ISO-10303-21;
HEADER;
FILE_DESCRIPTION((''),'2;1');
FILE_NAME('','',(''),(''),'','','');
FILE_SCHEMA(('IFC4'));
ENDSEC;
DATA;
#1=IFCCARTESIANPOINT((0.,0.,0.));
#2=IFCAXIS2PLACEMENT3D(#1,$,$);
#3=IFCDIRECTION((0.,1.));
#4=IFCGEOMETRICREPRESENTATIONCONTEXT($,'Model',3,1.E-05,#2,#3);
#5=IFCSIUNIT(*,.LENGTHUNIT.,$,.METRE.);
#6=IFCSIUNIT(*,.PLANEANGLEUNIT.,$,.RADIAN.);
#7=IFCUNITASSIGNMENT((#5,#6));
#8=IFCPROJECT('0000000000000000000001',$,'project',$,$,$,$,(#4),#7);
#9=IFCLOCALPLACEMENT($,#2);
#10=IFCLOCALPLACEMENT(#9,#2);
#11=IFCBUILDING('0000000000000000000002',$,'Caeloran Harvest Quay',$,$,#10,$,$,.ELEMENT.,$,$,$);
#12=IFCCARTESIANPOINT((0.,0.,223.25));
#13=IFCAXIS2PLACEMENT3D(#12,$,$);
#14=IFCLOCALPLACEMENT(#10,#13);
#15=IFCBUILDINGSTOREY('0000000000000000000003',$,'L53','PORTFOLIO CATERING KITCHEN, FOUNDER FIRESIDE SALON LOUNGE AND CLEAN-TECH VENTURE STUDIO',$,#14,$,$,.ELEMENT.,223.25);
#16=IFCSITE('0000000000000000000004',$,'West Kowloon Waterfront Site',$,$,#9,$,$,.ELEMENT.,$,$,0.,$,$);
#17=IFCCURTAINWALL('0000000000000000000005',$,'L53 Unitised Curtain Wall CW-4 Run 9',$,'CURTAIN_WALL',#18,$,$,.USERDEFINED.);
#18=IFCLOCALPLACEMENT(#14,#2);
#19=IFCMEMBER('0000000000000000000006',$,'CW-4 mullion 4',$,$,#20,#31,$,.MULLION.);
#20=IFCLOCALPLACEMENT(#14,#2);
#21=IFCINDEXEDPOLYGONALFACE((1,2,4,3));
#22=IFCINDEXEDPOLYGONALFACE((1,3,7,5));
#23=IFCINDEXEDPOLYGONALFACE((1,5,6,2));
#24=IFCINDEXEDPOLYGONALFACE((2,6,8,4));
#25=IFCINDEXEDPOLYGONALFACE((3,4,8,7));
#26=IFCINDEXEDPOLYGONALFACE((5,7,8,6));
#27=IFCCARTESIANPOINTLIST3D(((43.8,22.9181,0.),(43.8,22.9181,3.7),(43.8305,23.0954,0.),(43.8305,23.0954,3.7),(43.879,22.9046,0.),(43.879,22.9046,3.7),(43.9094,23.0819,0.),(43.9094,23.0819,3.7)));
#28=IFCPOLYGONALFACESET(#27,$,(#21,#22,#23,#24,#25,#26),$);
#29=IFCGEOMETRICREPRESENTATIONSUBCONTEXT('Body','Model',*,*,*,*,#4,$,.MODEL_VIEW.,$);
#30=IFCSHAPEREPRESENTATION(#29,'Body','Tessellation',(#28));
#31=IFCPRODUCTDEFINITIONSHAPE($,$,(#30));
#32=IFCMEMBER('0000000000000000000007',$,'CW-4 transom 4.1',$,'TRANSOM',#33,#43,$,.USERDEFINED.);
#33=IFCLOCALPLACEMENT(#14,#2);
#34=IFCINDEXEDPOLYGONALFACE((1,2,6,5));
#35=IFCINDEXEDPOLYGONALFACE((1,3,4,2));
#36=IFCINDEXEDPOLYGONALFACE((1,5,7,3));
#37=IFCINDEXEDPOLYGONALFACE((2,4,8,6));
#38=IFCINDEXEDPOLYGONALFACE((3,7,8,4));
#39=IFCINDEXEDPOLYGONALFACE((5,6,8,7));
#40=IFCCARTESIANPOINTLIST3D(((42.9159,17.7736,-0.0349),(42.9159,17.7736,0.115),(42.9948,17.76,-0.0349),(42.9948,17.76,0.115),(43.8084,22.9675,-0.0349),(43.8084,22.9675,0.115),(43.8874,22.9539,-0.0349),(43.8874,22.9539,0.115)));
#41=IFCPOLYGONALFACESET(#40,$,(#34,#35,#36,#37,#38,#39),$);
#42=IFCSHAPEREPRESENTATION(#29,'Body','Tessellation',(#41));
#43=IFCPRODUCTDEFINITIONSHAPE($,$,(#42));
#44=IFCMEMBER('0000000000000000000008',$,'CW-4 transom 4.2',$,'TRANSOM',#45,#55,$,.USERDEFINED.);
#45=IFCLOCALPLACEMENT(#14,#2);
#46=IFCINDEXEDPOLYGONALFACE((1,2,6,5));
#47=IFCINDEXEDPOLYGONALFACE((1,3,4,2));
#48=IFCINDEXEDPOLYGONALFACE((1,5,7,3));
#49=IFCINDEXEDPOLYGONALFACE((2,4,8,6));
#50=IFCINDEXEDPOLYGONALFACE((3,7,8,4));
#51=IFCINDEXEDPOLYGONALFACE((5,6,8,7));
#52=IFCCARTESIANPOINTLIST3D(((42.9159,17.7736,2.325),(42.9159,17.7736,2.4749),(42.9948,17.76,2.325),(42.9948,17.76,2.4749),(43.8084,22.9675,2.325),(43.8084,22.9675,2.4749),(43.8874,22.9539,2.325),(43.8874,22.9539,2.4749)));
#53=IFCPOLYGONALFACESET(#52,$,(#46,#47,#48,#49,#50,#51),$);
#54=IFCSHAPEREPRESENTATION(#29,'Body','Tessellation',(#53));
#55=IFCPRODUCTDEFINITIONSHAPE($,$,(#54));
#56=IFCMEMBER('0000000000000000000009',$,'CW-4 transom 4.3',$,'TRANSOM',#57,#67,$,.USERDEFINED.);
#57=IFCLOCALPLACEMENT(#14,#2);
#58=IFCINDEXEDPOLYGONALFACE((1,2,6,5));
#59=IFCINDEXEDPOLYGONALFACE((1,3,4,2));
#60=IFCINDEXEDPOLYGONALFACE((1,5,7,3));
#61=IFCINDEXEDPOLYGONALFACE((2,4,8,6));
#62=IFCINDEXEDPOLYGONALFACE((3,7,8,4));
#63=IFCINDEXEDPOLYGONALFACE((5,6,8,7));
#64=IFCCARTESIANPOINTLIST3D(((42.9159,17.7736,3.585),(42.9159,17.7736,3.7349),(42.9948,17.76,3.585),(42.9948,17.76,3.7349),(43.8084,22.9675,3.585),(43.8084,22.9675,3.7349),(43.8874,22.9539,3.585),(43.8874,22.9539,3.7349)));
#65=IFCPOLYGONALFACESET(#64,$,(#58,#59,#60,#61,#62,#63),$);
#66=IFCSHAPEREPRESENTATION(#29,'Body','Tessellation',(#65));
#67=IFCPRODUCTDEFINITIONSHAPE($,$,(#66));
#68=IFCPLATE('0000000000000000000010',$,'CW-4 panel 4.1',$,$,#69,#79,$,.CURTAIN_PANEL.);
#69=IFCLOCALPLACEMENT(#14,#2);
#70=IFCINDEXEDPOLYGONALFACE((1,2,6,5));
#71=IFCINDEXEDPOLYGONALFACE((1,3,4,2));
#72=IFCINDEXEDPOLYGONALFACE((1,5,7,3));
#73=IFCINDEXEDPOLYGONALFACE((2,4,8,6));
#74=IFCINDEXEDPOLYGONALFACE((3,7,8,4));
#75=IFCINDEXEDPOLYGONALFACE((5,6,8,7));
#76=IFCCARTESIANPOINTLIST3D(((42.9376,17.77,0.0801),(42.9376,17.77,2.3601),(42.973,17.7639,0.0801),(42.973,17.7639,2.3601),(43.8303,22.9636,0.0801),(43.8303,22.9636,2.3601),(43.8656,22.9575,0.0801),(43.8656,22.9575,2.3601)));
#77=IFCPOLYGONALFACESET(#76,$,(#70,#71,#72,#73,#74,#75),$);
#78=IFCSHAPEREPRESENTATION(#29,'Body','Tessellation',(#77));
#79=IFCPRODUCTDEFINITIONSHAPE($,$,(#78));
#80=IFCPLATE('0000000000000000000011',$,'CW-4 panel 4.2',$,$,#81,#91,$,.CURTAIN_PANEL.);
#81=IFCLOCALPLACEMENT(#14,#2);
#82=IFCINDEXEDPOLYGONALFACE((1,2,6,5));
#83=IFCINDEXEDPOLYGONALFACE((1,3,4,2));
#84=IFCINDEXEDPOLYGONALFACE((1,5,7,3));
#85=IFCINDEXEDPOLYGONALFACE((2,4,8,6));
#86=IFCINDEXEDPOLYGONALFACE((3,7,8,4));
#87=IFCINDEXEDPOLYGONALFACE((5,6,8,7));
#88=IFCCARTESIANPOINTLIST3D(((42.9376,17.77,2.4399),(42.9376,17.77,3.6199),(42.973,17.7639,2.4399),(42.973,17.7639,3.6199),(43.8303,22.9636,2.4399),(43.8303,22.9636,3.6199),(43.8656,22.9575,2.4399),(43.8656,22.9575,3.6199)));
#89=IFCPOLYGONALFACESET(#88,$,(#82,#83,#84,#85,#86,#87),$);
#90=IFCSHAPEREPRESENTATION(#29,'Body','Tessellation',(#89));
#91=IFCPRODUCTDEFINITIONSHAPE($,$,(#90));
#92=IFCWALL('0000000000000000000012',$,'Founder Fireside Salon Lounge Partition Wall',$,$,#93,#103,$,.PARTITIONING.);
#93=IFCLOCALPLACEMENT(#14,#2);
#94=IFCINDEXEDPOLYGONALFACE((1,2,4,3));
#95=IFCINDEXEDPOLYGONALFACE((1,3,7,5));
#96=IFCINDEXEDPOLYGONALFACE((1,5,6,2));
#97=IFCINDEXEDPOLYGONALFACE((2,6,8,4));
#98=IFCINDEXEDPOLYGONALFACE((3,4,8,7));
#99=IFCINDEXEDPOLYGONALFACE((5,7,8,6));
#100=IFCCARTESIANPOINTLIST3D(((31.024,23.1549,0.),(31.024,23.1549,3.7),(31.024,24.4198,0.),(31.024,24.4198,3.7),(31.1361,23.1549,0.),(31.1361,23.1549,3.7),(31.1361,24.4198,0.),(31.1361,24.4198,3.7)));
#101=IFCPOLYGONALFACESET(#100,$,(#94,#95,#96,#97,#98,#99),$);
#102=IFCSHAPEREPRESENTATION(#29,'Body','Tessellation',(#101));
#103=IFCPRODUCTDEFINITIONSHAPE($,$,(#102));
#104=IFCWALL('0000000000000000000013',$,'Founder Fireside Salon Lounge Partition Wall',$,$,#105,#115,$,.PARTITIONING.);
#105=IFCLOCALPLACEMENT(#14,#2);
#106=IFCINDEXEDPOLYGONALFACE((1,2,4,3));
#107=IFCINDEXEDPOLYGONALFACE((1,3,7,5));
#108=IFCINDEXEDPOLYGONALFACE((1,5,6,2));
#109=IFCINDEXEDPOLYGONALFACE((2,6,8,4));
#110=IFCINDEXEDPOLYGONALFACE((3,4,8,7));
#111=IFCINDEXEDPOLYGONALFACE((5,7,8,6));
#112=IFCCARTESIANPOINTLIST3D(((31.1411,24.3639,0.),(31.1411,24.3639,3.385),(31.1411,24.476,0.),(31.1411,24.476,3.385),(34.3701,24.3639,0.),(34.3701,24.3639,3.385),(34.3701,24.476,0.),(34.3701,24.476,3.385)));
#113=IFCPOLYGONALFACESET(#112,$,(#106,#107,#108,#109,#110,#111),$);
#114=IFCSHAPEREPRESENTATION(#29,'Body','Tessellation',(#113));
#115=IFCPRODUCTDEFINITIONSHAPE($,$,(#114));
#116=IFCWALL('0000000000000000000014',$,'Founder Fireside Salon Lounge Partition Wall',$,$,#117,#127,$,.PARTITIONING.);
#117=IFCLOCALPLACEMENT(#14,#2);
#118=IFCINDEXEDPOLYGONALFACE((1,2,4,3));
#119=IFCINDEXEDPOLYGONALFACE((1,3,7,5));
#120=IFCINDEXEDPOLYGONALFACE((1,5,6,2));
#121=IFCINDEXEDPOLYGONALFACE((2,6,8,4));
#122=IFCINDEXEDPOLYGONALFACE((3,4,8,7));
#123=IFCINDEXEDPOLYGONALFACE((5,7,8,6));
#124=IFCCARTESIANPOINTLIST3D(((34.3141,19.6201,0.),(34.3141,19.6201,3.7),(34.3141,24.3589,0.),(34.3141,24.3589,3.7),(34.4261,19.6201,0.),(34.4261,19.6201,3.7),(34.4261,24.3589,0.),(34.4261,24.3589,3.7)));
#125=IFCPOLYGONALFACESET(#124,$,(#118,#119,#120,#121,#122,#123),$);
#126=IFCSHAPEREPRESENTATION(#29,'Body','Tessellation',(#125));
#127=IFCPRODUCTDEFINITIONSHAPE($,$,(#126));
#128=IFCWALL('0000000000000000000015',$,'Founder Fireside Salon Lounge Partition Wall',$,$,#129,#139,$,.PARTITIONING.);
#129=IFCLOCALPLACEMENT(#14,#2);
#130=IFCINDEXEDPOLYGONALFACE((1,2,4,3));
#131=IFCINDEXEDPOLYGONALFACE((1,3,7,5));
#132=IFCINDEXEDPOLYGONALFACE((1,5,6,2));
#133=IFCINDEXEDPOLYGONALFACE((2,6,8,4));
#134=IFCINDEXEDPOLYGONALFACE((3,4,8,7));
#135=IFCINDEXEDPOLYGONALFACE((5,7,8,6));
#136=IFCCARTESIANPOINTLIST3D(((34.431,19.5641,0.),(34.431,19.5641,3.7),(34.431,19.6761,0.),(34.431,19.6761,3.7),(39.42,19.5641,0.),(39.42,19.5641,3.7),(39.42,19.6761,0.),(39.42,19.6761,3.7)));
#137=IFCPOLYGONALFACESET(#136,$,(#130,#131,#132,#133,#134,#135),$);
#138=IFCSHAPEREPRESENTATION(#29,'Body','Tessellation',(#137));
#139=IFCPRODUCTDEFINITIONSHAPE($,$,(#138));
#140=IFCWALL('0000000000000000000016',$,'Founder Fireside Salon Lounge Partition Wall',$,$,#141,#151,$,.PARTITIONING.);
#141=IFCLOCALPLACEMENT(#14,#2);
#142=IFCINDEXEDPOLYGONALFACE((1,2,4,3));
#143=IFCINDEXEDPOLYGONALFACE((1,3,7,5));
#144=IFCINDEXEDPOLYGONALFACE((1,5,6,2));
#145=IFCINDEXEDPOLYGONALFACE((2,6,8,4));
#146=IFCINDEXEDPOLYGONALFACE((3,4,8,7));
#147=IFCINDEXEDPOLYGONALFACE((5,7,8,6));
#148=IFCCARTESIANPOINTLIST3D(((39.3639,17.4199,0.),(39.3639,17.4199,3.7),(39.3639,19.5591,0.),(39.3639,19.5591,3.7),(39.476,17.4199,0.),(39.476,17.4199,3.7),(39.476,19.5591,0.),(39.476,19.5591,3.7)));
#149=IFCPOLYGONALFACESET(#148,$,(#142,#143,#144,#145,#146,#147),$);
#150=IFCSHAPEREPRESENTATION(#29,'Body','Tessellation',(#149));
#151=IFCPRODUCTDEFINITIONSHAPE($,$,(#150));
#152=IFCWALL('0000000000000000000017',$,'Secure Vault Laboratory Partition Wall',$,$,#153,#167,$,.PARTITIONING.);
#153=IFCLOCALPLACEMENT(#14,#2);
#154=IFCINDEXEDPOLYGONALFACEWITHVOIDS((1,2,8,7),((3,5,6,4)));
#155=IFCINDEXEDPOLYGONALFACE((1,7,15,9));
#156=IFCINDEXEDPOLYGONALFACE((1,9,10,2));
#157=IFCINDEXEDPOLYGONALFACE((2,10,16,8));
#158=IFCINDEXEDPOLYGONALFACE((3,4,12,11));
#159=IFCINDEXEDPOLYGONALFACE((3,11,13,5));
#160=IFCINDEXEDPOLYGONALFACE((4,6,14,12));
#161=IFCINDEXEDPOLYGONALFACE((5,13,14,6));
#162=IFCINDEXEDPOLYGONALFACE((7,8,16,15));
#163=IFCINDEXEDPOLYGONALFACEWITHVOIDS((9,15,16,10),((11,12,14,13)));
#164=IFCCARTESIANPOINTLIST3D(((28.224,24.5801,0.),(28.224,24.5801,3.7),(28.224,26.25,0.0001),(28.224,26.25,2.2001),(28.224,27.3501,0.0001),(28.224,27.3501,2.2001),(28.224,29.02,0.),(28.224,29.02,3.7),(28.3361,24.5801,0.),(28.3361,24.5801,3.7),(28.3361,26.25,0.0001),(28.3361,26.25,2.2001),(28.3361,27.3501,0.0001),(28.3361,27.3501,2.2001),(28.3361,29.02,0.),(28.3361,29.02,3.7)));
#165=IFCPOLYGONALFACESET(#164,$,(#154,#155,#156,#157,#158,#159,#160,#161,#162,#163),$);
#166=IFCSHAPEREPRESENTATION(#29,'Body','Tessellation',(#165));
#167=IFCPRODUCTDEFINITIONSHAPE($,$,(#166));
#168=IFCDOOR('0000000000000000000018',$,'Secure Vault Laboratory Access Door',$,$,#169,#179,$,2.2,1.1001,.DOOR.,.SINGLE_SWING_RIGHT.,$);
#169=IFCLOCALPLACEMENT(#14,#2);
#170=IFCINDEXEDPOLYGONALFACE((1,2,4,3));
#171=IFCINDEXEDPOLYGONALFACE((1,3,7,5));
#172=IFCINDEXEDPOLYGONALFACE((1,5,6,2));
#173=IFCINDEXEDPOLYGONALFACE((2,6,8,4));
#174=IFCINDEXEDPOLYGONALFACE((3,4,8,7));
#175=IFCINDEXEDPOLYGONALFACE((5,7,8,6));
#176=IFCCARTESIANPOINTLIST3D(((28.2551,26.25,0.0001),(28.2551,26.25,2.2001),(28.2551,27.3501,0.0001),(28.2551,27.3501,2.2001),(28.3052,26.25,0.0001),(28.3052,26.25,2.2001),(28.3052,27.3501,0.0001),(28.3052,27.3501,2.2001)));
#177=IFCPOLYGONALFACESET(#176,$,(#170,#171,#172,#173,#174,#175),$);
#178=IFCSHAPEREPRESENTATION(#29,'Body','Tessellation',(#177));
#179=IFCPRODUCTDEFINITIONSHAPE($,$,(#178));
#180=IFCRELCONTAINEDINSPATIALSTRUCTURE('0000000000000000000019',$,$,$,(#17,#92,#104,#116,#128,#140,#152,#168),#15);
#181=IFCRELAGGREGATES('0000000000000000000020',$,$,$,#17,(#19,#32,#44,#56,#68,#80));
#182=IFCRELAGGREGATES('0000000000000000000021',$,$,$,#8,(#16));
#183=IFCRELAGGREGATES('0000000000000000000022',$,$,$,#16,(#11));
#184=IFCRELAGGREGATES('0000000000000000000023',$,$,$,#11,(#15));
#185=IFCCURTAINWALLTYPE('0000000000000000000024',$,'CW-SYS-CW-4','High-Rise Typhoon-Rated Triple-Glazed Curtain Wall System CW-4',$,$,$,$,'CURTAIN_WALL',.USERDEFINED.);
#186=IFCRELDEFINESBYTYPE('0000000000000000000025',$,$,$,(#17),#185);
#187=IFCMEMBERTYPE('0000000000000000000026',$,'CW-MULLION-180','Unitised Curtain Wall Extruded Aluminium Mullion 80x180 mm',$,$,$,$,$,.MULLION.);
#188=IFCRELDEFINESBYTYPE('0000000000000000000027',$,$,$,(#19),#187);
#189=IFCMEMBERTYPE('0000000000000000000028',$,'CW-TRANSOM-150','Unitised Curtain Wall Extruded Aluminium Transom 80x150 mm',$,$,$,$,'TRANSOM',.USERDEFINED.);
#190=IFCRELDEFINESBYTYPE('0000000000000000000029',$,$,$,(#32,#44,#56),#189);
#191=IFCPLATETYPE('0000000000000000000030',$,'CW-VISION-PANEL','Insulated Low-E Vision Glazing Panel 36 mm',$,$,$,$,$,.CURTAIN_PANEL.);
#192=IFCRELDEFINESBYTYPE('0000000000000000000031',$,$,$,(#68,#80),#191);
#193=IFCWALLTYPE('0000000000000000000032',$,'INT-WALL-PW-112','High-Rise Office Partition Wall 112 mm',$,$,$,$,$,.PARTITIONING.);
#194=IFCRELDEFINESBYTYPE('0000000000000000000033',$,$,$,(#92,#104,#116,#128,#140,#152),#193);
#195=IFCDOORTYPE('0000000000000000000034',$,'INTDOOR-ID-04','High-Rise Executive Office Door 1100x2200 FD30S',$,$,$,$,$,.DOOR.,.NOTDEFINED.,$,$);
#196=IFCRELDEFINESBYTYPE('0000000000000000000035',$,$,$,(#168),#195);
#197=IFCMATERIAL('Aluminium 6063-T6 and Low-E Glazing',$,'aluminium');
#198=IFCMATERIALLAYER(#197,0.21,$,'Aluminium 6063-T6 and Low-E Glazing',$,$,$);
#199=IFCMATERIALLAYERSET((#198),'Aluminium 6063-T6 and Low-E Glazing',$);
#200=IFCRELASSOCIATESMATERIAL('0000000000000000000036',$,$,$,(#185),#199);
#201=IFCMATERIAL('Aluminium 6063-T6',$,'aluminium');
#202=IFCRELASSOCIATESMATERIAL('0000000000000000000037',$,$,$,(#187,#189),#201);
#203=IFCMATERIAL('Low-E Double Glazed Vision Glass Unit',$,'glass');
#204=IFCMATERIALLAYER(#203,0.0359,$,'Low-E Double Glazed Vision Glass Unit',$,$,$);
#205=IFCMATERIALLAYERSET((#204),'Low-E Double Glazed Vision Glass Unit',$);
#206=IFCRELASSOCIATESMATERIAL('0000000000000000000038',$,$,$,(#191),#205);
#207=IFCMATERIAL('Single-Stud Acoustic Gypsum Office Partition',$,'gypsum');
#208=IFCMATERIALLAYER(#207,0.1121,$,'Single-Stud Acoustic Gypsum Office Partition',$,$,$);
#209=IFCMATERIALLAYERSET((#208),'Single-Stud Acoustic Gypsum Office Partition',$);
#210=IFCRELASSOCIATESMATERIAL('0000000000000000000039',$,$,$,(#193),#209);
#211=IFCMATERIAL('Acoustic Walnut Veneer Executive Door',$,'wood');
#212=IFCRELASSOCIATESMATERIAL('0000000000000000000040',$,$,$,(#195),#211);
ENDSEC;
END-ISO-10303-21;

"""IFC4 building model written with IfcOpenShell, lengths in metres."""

from ifc_helpers import new_model, si_unit, direction, frame, frame_2d, origin, origin_2d, place, context, subcontext, project, spatial, rectangle, extrude, material, layer, layer_set, material_profile, profile_set, type_object, element, fill, aggregate, save


model = new_model("IFC4")

# Units and contexts
model_context = context("Model", 3, precision=1e-05, world=origin(), true_north=direction((0.0, 1.0)))
body_context = subcontext(model_context, "Body", "Model", "MODEL_VIEW")
ifc_project = project(units=[si_unit("LENGTHUNIT", "METRE"), si_unit("PLANEANGLEUNIT", "RADIAN")], contexts=[model_context])

# Site, building, storey
site_placement = place(None, origin())
site = spatial("IfcSite", under=ifc_project, at=site_placement, Name="West Kowloon Waterfront Site", CompositionType="ELEMENT", RefElevation=0.0)
building_placement = place(site_placement, origin())
building = spatial("IfcBuilding", under=site, at=building_placement, Name="Caeloran Harvest Quay", CompositionType="ELEMENT")
storey_placement = place(building_placement, frame((0.0, 0.0, 223.25)))
storey = spatial("IfcBuildingStorey", under=building, at=storey_placement, Name="L53", Description="PORTFOLIO CATERING KITCHEN, FOUNDER FIRESIDE SALON LOUNGE AND CLEAN-TECH VENTURE STUDIO", CompositionType="ELEMENT", Elevation=223.25)

# Curtain wall, members, plates
ifc_material_1 = material(Name="Aluminium 6063-T6 and Low-E Glazing", Category="aluminium")
ifc_layer_1 = layer(ifc_material_1, 0.21, Name="Aluminium 6063-T6 and Low-E Glazing")
ifc_layer_set_1 = layer_set([ifc_layer_1], Name="Aluminium 6063-T6 and Low-E Glazing")
curtain_wall_type = type_object("IfcCurtainWallType", Name="CW-SYS-CW-4", Description="High-Rise Typhoon-Rated Triple-Glazed Curtain Wall System CW-4", ElementType="CURTAIN_WALL", PredefinedType="USERDEFINED", material=ifc_layer_set_1)
curtain_wall_placement = place(storey_placement, origin())
curtain_wall = element("IfcCurtainWall", 1, at=curtain_wall_placement, inside=storey, type_object=curtain_wall_type, Name="L53 Unitised Curtain Wall CW-4 Run 9", ObjectType="CURTAIN_WALL", PredefinedType="USERDEFINED")
ifc_material_2 = material(Name="Aluminium 6063-T6", Category="aluminium")
ifc_material_profile_1 = material_profile(ifc_material_2, rectangle(XDim=0.0801, YDim=0.1799, at=origin_2d()), Name="CW-MULLION-180")
ifc_profile_set_1 = profile_set([ifc_material_profile_1], Name="Aluminium 6063-T6")
member_type_1 = type_object("IfcMemberType", Name="CW-MULLION-180", Description="Unitised Curtain Wall Extruded Aluminium Mullion 80x180 mm", PredefinedType="MULLION", material=ifc_profile_set_1)
member_1_placement = place(storey_placement, frame((43.8547, 23.0, 0.0), z_axis=(0.0, 0.0, 1.0), x_axis=(0.985549, -0.169391, 0.0)))
member_1 = element("IfcMember", 2, at=member_1_placement, type_object=member_type_1, Name="CW-4 mullion 4", PredefinedType="MULLION", context=body_context, shape_type="SweptSolid", body=[
    extrude(rectangle(XDim=0.0801, YDim=0.1799, at=origin_2d()), origin(), (0.0, 0.0, 1.0), 3.7),
])
ifc_material_profile_2 = material_profile(ifc_material_2, rectangle(XDim=0.0801, YDim=0.1499, at=origin_2d()), Name="CW-TRANSOM-150")
ifc_profile_set_2 = profile_set([ifc_material_profile_2], Name="Aluminium 6063-T6")
member_type_2 = type_object("IfcMemberType", Name="CW-TRANSOM-150", Description="Unitised Curtain Wall Extruded Aluminium Transom 80x150 mm", ElementType="TRANSOM", PredefinedType="USERDEFINED", material=ifc_profile_set_2)
member_2_placement = place(storey_placement, frame((43.8479, 22.9607, 0.04), z_axis=(-0.16937, -0.985553, 0.0), x_axis=(0.985553, -0.16937, 0.0)))
member_2 = element("IfcMember", 3, at=member_2_placement, type_object=member_type_2, Name="CW-4 transom 4.1", ObjectType="TRANSOM", PredefinedType="USERDEFINED", context=body_context, shape_type="SweptSolid", body=[
    extrude(rectangle(XDim=0.0801, YDim=0.1499, at=origin_2d()), origin(), (0.0, 0.0, 1.0), 5.27),
])
member_3_placement = place(storey_placement, frame((43.8479, 22.9607, 2.3999), z_axis=(-0.16937, -0.985553, 0.0), x_axis=(0.985553, -0.16937, 0.0)))
member_3 = element("IfcMember", 4, at=member_3_placement, type_object=member_type_2, Name="CW-4 transom 4.2", ObjectType="TRANSOM", PredefinedType="USERDEFINED", context=body_context, shape_type="SweptSolid", body=[
    extrude(rectangle(XDim=0.0801, YDim=0.1499, at=origin_2d()), origin(), (0.0, 0.0, 1.0), 5.27),
])
member_4_placement = place(storey_placement, frame((43.8479, 22.9607, 3.6599), z_axis=(-0.16937, -0.985553, 0.0), x_axis=(0.985553, -0.16937, 0.0)))
member_4 = element("IfcMember", 5, at=member_4_placement, type_object=member_type_2, Name="CW-4 transom 4.3", ObjectType="TRANSOM", PredefinedType="USERDEFINED", context=body_context, shape_type="SweptSolid", body=[
    extrude(rectangle(XDim=0.0801, YDim=0.1499, at=origin_2d()), origin(), (0.0, 0.0, 1.0), 5.27),
])
ifc_material_3 = material(Name="Low-E Double Glazed Vision Glass Unit", Category="glass")
ifc_layer_2 = layer(ifc_material_3, 0.0359, Name="Low-E Double Glazed Vision Glass Unit")
ifc_layer_set_2 = layer_set([ifc_layer_2], Name="Low-E Double Glazed Vision Glass Unit")
plate_type = type_object("IfcPlateType", Name="CW-VISION-PANEL", Description="Insulated Low-E Vision Glazing Panel 36 mm", PredefinedType="CURTAIN_PANEL", material=ifc_layer_set_2)
plate_1_placement = place(storey_placement, frame((43.4016, 20.3638, 0.0801), z_axis=(0.0, 0.0, 1.0), x_axis=(-0.169391, -0.985549, 0.0)))
plate_1 = element("IfcPlate", 6, at=plate_1_placement, type_object=plate_type, Name="CW-4 panel 4.1", PredefinedType="CURTAIN_PANEL", context=body_context, shape_type="SweptSolid", body=[
    extrude(rectangle(XDim=5.2698, YDim=0.0359, at=origin_2d()), origin(), (0.0, 0.0, 1.0), 2.28),
])
plate_2_placement = place(storey_placement, frame((43.4016, 20.3638, 2.4399), z_axis=(0.0, 0.0, 1.0), x_axis=(-0.169391, -0.985549, 0.0)))
plate_2 = element("IfcPlate", 7, at=plate_2_placement, type_object=plate_type, Name="CW-4 panel 4.2", PredefinedType="CURTAIN_PANEL", context=body_context, shape_type="SweptSolid", body=[
    extrude(rectangle(XDim=5.2698, YDim=0.0359, at=origin_2d()), origin(), (0.0, 0.0, 1.0), 1.1799),
])
aggregate(curtain_wall, [member_1, member_2, member_3, member_4, plate_1, plate_2])

# Walls
ifc_material_4 = material(Name="Single-Stud Acoustic Gypsum Office Partition", Category="gypsum")
ifc_layer_3 = layer(ifc_material_4, 0.1121, Name="Single-Stud Acoustic Gypsum Office Partition")
ifc_layer_set_3 = layer_set([ifc_layer_3], Name="Single-Stud Acoustic Gypsum Office Partition")
wall_type_1 = type_object("IfcWallType", Name="INT-WALL-PW-112", Description="High-Rise Office Partition Wall 112 mm", PredefinedType="PARTITIONING", material=ifc_layer_set_3)
wall_1_placement = place(storey_placement, frame((31.0801, 23.155, 0.0), z_axis=(0.0, 0.0, 1.0), x_axis=(0.0, 1.0, 0.0)))
element("IfcWall", 8, at=wall_1_placement, inside=storey, type_object=wall_type_1, Name="Founder Fireside Salon Lounge Partition Wall", PredefinedType="PARTITIONING", context=body_context, shape_type="SweptSolid", body=[
    extrude(rectangle(XDim=1.2649, YDim=0.1121, at=frame_2d((0.6323, 0.0))), origin(), (0.0, 0.0, 1.0), 3.7),
])
wall_2_placement = place(storey_placement, frame((31.1411, 24.4199, 0.0), z_axis=(0.0, 0.0, 1.0), x_axis=(1.0, 0.0, 0.0)))
element("IfcWall", 9, at=wall_2_placement, inside=storey, type_object=wall_type_1, Name="Founder Fireside Salon Lounge Partition Wall", PredefinedType="PARTITIONING", context=body_context, shape_type="SweptSolid", body=[
    extrude(rectangle(XDim=3.229, YDim=0.1121, at=frame_2d((1.6145, 0.0))), origin(), (0.0, 0.0, 1.0), 3.385),
])
wall_3_placement = place(storey_placement, frame((34.3701, 24.3589, 0.0), z_axis=(0.0, 0.0, 1.0), x_axis=(0.0, -1.0, 0.0)))
element("IfcWall", 10, at=wall_3_placement, inside=storey, type_object=wall_type_1, Name="Founder Fireside Salon Lounge Partition Wall", PredefinedType="PARTITIONING", context=body_context, shape_type="SweptSolid", body=[
    extrude(rectangle(XDim=4.7388, YDim=0.1121, at=frame_2d((2.3694, 0.0))), origin(), (0.0, 0.0, 1.0), 3.7),
])
wall_4_placement = place(storey_placement, frame((34.4309, 19.6201, 0.0), z_axis=(0.0, 0.0, 1.0), x_axis=(1.0, 0.0, 0.0)))
element("IfcWall", 11, at=wall_4_placement, inside=storey, type_object=wall_type_1, Name="Founder Fireside Salon Lounge Partition Wall", PredefinedType="PARTITIONING", context=body_context, shape_type="SweptSolid", body=[
    extrude(rectangle(XDim=4.989, YDim=0.1121, at=frame_2d((2.4946, 0.0))), origin(), (0.0, 0.0, 1.0), 3.7),
])
wall_5_placement = place(storey_placement, frame((39.4199, 19.5591, 0.0), z_axis=(0.0, 0.0, 1.0), x_axis=(0.0, -1.0, 0.0)))
element("IfcWall", 12, at=wall_5_placement, inside=storey, type_object=wall_type_1, Name="Founder Fireside Salon Lounge Partition Wall", PredefinedType="PARTITIONING", context=body_context, shape_type="SweptSolid", body=[
    extrude(rectangle(XDim=2.1392, YDim=0.1121, at=frame_2d((1.0696, 0.0))), origin(), (0.0, 0.0, 1.0), 3.7),
])

# Wall, opening, door
wall_6_placement = place(storey_placement, frame((28.28, 24.5801, 0.0), z_axis=(0.0, 0.0, 1.0), x_axis=(0.0, 1.0, 0.0)))
wall_6 = element("IfcWall", 13, at=wall_6_placement, inside=storey, type_object=wall_type_1, Name="Secure Vault Laboratory Partition Wall", PredefinedType="PARTITIONING", context=body_context, shape_type="SweptSolid", body=[
    extrude(rectangle(XDim=4.4399, YDim=0.1121, at=frame_2d((2.22, 0.0))), origin(), (0.0, 0.0, 1.0), 3.7),
])
opening_placement = place(wall_6_placement, frame((1.6699, 0.0, 0.0)))
opening = element("IfcOpeningElement", 14, at=opening_placement, cuts=wall_6, PredefinedType="OPENING", context=body_context, shape_type="SweptSolid", body=[
    extrude(rectangle(XDim=1.1001, YDim=2.2, at=frame_2d((0.55, 1.1001))), frame((0.0, 0.0659, 0.0), z_axis=(0.0, -1.0, 0.0), x_axis=(1.0, 0.0, 0.0)), (0.0, 0.0, 1.0), 0.1321),
])
ifc_material_5 = material(Name="Acoustic Walnut Veneer Executive Door", Category="wood")
door_type = type_object("IfcDoorType", Name="INTDOOR-ID-04", Description="High-Rise Executive Office Door 1100x2200 FD30S", OperationType="NOTDEFINED", PredefinedType="DOOR", material=ifc_material_5)
door_placement = place(opening_placement, origin())
door = element("IfcDoor", 15, at=door_placement, inside=storey, type_object=door_type, Name="Secure Vault Laboratory Access Door", OperationType="SINGLE_SWING_RIGHT", OverallHeight=2.2, OverallWidth=1.1001, PredefinedType="DOOR", context=body_context, shape_type="SweptSolid", body=[
    extrude(rectangle(XDim=1.1001, YDim=2.2, at=frame_2d((0.55, 1.1001))), frame((0.0, 0.0249, 0.0), z_axis=(0.0, -1.0, 0.0), x_axis=(1.0, 0.0, 0.0)), (0.0, 0.0, 1.0), 0.05),
])
fill(opening, door)

save(model, "model.ifc")
